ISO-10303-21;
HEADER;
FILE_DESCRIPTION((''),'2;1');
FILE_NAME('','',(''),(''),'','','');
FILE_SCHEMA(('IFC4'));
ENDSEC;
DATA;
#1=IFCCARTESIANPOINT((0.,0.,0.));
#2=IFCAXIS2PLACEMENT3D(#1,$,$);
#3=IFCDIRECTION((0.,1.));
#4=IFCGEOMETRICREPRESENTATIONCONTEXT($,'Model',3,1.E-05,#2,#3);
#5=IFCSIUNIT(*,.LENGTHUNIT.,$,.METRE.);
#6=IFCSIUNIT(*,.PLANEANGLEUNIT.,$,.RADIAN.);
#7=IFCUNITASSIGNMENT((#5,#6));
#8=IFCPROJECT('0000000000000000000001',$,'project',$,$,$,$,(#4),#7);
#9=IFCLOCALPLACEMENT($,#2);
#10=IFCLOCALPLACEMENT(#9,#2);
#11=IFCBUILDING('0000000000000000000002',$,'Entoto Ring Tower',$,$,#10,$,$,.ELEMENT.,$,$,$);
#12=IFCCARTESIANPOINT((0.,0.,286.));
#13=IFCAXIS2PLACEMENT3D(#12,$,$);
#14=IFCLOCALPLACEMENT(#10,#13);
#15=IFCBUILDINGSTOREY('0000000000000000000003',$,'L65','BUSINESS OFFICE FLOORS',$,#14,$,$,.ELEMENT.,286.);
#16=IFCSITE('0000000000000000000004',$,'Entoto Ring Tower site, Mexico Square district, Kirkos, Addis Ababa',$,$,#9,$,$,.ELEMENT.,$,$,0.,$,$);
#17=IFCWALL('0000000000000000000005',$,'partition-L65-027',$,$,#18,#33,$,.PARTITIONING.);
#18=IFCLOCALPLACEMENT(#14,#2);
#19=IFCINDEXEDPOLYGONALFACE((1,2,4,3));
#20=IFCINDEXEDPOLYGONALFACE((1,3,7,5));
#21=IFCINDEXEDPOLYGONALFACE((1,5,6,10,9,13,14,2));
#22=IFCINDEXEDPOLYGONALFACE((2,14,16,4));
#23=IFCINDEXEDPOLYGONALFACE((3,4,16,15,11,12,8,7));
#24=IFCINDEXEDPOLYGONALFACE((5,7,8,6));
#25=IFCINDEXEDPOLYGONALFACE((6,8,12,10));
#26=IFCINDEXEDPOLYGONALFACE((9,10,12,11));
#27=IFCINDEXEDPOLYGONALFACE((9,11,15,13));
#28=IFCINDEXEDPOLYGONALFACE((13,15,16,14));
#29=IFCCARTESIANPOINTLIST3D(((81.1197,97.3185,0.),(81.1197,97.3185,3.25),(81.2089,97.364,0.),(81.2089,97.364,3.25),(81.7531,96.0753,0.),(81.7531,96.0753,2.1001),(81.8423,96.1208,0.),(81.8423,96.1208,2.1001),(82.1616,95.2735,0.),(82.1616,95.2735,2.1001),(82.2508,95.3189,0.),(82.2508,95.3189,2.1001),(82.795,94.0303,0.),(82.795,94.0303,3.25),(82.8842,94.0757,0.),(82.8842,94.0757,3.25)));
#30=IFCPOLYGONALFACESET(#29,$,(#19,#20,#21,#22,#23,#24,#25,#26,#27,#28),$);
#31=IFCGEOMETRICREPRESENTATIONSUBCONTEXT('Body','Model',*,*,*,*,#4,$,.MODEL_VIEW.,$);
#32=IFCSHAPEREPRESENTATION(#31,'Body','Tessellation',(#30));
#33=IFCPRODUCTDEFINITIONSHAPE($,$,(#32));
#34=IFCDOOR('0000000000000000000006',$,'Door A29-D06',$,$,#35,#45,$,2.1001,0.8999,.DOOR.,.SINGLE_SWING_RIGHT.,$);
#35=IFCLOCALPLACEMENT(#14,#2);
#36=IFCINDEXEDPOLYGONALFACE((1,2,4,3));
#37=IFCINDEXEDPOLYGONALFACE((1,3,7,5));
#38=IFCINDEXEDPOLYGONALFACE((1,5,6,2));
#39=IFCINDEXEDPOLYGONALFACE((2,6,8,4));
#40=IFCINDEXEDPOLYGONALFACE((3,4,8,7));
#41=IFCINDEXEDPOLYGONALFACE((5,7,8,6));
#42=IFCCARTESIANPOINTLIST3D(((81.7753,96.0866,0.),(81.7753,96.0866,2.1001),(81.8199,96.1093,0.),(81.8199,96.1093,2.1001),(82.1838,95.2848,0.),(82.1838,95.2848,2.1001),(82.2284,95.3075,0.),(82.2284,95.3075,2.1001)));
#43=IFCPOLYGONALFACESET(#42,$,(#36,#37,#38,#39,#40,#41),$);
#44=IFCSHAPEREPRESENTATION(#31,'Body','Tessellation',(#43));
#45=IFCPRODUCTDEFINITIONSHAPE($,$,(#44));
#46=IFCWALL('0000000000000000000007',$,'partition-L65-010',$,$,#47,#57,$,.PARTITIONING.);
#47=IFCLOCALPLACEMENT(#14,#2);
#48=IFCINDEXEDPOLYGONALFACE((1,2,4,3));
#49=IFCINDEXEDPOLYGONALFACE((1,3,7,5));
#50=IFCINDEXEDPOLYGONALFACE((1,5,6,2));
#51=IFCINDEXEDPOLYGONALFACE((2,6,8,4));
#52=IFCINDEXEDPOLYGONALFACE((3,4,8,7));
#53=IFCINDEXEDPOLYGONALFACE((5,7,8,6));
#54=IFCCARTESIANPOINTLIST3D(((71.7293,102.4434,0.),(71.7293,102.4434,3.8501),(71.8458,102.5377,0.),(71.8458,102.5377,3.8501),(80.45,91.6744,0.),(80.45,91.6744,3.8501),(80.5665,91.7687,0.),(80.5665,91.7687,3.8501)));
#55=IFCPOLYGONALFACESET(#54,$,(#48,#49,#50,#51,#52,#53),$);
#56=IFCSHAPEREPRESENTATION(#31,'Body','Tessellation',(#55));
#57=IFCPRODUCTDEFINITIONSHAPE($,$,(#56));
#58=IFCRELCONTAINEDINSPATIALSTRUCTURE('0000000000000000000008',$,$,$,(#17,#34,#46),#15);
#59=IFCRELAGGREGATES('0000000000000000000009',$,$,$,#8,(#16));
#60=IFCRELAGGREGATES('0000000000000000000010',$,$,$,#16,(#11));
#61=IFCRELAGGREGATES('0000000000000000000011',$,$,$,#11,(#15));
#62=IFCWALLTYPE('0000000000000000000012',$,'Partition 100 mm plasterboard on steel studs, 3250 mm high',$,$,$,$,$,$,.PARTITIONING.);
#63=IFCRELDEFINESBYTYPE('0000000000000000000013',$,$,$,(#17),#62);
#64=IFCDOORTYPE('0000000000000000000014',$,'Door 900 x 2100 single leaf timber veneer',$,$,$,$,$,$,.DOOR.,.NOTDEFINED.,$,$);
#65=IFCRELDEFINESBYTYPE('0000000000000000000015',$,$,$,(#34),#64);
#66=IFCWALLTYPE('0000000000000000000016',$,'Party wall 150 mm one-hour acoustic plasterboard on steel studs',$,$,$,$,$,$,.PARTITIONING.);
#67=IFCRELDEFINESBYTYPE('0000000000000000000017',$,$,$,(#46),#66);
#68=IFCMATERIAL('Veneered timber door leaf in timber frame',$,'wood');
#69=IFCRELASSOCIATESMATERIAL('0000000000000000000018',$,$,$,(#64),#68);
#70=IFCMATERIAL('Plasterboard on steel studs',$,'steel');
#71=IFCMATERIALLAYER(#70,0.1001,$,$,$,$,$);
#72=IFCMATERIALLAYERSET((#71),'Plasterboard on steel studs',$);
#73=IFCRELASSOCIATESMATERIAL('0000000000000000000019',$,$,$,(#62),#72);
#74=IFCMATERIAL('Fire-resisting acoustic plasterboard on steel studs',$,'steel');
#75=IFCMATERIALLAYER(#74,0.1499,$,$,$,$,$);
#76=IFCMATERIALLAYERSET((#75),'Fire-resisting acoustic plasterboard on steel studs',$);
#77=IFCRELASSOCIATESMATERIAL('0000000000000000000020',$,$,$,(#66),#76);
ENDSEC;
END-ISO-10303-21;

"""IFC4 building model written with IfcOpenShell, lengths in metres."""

from ifc_helpers import new_model, si_unit, direction, frame, frame_2d, origin, place, context, subcontext, project, spatial, rectangle, extrude, material, layer, layer_set, type_object, element, fill, save


model = new_model("IFC4")

# Units and contexts
model_context = context("Model", 3, precision=1e-05, world=origin(), true_north=direction((0.0, 1.0)))
body_context = subcontext(model_context, "Body", "Model", "MODEL_VIEW")
ifc_project = project(units=[si_unit("LENGTHUNIT", "METRE"), si_unit("PLANEANGLEUNIT", "RADIAN")], contexts=[model_context])

# Site, building, storey
site_placement = place(None, origin())
site = spatial("IfcSite", under=ifc_project, at=site_placement, Name="Entoto Ring Tower site, Mexico Square district, Kirkos, Addis Ababa", CompositionType="ELEMENT", RefElevation=0.0)
building_placement = place(site_placement, origin())
building = spatial("IfcBuilding", under=site, at=building_placement, Name="Entoto Ring Tower", CompositionType="ELEMENT")
storey_placement = place(building_placement, frame((0.0, 0.0, 286.0)))
storey = spatial("IfcBuildingStorey", under=building, at=storey_placement, Name="L65", Description="BUSINESS OFFICE FLOORS", CompositionType="ELEMENT", Elevation=286.0)

# Shared definitions
ifc_material_1 = material(Name="Veneered timber door leaf in timber frame", Category="wood")
door_type_1 = type_object("IfcDoorType", Name="Door 900 x 2100 single leaf timber veneer", OperationType="NOTDEFINED", PredefinedType="DOOR", material=ifc_material_1)

# Wall, opening, door
ifc_material_2 = material(Name="Plasterboard on steel studs", Category="steel")
ifc_layer_1 = layer(ifc_material_2, 0.1001)
ifc_layer_set_1 = layer_set([ifc_layer_1], Name="Plasterboard on steel studs")
wall_type_1 = type_object("IfcWallType", Name="Partition 100 mm plasterboard on steel studs, 3250 mm high", PredefinedType="PARTITIONING", material=ifc_layer_set_1)
wall_1_placement = place(storey_placement, frame((82.8396, 94.053, 0.0), z_axis=(0.0, 0.0, 1.0), x_axis=(-0.453949, 0.891028, 0.0)))
wall_1 = element("IfcWall", 1, at=wall_1_placement, inside=storey, type_object=wall_type_1, Name="partition-L65-027", PredefinedType="PARTITIONING", context=body_context, shape_type="SweptSolid", body=[
    extrude(rectangle(XDim=3.6904, YDim=0.1001, at=frame_2d((1.8452, 0.0))), origin(), (0.0, 0.0, 1.0), 3.25),
])
opening_1_placement = place(wall_1_placement, frame((1.3953, 0.0, 0.0)))
opening_1 = element("IfcOpeningElement", 2, at=opening_1_placement, cuts=wall_1, PredefinedType="OPENING", context=body_context, shape_type="SweptSolid", body=[
    extrude(rectangle(XDim=0.8999, YDim=2.1001, at=frame_2d((0.45, 1.05))), frame((0.0, 0.0601, 0.0), z_axis=(0.0, -1.0, 0.0), x_axis=(1.0, 0.0, 0.0)), (0.0, 0.0, 1.0), 0.1201),
])
door_1_placement = place(opening_1_placement, frame((0.8999, 0.0, 0.0), z_axis=(0.0, 0.0, 1.0), x_axis=(-1.0, 0.0, 0.0)))
door_1 = element("IfcDoor", 3, at=door_1_placement, inside=storey, type_object=door_type_1, Name="Door A29-D06", OperationType="SINGLE_SWING_RIGHT", OverallHeight=2.1001, OverallWidth=0.8999, PredefinedType="DOOR", context=body_context, shape_type="SweptSolid", body=[
    extrude(rectangle(XDim=0.8999, YDim=2.1001, at=frame_2d((0.45, 1.05))), frame((0.0, 0.0249, 0.0), z_axis=(0.0, -1.0, 0.0), x_axis=(1.0, 0.0, 0.0)), (0.0, 0.0, 1.0), 0.05),
])
fill(opening_1, door_1)

# Wall
ifc_material_3 = material(Name="Fire-resisting acoustic plasterboard on steel studs", Category="steel")
ifc_layer_2 = layer(ifc_material_3, 0.1499)
ifc_layer_set_2 = layer_set([ifc_layer_2], Name="Fire-resisting acoustic plasterboard on steel studs")
wall_type_2 = type_object("IfcWallType", Name="Party wall 150 mm one-hour acoustic plasterboard on steel studs", PredefinedType="PARTITIONING", material=ifc_layer_set_2)
wall_2_placement = place(storey_placement, frame((80.5083, 91.7214, 0.0), z_axis=(0.0, 0.0, 1.0), x_axis=(-0.629325, 0.777142, 0.0)))
element("IfcWall", 4, at=wall_2_placement, inside=storey, type_object=wall_type_2, Name="partition-L65-010", PredefinedType="PARTITIONING", context=body_context, shape_type="SweptSolid", body=[
    extrude(rectangle(XDim=13.8572, YDim=0.1499, at=frame_2d((6.9287, 0.0))), origin(), (0.0, 0.0, 1.0), 3.8501),
])

save(model, "model.ifc")
